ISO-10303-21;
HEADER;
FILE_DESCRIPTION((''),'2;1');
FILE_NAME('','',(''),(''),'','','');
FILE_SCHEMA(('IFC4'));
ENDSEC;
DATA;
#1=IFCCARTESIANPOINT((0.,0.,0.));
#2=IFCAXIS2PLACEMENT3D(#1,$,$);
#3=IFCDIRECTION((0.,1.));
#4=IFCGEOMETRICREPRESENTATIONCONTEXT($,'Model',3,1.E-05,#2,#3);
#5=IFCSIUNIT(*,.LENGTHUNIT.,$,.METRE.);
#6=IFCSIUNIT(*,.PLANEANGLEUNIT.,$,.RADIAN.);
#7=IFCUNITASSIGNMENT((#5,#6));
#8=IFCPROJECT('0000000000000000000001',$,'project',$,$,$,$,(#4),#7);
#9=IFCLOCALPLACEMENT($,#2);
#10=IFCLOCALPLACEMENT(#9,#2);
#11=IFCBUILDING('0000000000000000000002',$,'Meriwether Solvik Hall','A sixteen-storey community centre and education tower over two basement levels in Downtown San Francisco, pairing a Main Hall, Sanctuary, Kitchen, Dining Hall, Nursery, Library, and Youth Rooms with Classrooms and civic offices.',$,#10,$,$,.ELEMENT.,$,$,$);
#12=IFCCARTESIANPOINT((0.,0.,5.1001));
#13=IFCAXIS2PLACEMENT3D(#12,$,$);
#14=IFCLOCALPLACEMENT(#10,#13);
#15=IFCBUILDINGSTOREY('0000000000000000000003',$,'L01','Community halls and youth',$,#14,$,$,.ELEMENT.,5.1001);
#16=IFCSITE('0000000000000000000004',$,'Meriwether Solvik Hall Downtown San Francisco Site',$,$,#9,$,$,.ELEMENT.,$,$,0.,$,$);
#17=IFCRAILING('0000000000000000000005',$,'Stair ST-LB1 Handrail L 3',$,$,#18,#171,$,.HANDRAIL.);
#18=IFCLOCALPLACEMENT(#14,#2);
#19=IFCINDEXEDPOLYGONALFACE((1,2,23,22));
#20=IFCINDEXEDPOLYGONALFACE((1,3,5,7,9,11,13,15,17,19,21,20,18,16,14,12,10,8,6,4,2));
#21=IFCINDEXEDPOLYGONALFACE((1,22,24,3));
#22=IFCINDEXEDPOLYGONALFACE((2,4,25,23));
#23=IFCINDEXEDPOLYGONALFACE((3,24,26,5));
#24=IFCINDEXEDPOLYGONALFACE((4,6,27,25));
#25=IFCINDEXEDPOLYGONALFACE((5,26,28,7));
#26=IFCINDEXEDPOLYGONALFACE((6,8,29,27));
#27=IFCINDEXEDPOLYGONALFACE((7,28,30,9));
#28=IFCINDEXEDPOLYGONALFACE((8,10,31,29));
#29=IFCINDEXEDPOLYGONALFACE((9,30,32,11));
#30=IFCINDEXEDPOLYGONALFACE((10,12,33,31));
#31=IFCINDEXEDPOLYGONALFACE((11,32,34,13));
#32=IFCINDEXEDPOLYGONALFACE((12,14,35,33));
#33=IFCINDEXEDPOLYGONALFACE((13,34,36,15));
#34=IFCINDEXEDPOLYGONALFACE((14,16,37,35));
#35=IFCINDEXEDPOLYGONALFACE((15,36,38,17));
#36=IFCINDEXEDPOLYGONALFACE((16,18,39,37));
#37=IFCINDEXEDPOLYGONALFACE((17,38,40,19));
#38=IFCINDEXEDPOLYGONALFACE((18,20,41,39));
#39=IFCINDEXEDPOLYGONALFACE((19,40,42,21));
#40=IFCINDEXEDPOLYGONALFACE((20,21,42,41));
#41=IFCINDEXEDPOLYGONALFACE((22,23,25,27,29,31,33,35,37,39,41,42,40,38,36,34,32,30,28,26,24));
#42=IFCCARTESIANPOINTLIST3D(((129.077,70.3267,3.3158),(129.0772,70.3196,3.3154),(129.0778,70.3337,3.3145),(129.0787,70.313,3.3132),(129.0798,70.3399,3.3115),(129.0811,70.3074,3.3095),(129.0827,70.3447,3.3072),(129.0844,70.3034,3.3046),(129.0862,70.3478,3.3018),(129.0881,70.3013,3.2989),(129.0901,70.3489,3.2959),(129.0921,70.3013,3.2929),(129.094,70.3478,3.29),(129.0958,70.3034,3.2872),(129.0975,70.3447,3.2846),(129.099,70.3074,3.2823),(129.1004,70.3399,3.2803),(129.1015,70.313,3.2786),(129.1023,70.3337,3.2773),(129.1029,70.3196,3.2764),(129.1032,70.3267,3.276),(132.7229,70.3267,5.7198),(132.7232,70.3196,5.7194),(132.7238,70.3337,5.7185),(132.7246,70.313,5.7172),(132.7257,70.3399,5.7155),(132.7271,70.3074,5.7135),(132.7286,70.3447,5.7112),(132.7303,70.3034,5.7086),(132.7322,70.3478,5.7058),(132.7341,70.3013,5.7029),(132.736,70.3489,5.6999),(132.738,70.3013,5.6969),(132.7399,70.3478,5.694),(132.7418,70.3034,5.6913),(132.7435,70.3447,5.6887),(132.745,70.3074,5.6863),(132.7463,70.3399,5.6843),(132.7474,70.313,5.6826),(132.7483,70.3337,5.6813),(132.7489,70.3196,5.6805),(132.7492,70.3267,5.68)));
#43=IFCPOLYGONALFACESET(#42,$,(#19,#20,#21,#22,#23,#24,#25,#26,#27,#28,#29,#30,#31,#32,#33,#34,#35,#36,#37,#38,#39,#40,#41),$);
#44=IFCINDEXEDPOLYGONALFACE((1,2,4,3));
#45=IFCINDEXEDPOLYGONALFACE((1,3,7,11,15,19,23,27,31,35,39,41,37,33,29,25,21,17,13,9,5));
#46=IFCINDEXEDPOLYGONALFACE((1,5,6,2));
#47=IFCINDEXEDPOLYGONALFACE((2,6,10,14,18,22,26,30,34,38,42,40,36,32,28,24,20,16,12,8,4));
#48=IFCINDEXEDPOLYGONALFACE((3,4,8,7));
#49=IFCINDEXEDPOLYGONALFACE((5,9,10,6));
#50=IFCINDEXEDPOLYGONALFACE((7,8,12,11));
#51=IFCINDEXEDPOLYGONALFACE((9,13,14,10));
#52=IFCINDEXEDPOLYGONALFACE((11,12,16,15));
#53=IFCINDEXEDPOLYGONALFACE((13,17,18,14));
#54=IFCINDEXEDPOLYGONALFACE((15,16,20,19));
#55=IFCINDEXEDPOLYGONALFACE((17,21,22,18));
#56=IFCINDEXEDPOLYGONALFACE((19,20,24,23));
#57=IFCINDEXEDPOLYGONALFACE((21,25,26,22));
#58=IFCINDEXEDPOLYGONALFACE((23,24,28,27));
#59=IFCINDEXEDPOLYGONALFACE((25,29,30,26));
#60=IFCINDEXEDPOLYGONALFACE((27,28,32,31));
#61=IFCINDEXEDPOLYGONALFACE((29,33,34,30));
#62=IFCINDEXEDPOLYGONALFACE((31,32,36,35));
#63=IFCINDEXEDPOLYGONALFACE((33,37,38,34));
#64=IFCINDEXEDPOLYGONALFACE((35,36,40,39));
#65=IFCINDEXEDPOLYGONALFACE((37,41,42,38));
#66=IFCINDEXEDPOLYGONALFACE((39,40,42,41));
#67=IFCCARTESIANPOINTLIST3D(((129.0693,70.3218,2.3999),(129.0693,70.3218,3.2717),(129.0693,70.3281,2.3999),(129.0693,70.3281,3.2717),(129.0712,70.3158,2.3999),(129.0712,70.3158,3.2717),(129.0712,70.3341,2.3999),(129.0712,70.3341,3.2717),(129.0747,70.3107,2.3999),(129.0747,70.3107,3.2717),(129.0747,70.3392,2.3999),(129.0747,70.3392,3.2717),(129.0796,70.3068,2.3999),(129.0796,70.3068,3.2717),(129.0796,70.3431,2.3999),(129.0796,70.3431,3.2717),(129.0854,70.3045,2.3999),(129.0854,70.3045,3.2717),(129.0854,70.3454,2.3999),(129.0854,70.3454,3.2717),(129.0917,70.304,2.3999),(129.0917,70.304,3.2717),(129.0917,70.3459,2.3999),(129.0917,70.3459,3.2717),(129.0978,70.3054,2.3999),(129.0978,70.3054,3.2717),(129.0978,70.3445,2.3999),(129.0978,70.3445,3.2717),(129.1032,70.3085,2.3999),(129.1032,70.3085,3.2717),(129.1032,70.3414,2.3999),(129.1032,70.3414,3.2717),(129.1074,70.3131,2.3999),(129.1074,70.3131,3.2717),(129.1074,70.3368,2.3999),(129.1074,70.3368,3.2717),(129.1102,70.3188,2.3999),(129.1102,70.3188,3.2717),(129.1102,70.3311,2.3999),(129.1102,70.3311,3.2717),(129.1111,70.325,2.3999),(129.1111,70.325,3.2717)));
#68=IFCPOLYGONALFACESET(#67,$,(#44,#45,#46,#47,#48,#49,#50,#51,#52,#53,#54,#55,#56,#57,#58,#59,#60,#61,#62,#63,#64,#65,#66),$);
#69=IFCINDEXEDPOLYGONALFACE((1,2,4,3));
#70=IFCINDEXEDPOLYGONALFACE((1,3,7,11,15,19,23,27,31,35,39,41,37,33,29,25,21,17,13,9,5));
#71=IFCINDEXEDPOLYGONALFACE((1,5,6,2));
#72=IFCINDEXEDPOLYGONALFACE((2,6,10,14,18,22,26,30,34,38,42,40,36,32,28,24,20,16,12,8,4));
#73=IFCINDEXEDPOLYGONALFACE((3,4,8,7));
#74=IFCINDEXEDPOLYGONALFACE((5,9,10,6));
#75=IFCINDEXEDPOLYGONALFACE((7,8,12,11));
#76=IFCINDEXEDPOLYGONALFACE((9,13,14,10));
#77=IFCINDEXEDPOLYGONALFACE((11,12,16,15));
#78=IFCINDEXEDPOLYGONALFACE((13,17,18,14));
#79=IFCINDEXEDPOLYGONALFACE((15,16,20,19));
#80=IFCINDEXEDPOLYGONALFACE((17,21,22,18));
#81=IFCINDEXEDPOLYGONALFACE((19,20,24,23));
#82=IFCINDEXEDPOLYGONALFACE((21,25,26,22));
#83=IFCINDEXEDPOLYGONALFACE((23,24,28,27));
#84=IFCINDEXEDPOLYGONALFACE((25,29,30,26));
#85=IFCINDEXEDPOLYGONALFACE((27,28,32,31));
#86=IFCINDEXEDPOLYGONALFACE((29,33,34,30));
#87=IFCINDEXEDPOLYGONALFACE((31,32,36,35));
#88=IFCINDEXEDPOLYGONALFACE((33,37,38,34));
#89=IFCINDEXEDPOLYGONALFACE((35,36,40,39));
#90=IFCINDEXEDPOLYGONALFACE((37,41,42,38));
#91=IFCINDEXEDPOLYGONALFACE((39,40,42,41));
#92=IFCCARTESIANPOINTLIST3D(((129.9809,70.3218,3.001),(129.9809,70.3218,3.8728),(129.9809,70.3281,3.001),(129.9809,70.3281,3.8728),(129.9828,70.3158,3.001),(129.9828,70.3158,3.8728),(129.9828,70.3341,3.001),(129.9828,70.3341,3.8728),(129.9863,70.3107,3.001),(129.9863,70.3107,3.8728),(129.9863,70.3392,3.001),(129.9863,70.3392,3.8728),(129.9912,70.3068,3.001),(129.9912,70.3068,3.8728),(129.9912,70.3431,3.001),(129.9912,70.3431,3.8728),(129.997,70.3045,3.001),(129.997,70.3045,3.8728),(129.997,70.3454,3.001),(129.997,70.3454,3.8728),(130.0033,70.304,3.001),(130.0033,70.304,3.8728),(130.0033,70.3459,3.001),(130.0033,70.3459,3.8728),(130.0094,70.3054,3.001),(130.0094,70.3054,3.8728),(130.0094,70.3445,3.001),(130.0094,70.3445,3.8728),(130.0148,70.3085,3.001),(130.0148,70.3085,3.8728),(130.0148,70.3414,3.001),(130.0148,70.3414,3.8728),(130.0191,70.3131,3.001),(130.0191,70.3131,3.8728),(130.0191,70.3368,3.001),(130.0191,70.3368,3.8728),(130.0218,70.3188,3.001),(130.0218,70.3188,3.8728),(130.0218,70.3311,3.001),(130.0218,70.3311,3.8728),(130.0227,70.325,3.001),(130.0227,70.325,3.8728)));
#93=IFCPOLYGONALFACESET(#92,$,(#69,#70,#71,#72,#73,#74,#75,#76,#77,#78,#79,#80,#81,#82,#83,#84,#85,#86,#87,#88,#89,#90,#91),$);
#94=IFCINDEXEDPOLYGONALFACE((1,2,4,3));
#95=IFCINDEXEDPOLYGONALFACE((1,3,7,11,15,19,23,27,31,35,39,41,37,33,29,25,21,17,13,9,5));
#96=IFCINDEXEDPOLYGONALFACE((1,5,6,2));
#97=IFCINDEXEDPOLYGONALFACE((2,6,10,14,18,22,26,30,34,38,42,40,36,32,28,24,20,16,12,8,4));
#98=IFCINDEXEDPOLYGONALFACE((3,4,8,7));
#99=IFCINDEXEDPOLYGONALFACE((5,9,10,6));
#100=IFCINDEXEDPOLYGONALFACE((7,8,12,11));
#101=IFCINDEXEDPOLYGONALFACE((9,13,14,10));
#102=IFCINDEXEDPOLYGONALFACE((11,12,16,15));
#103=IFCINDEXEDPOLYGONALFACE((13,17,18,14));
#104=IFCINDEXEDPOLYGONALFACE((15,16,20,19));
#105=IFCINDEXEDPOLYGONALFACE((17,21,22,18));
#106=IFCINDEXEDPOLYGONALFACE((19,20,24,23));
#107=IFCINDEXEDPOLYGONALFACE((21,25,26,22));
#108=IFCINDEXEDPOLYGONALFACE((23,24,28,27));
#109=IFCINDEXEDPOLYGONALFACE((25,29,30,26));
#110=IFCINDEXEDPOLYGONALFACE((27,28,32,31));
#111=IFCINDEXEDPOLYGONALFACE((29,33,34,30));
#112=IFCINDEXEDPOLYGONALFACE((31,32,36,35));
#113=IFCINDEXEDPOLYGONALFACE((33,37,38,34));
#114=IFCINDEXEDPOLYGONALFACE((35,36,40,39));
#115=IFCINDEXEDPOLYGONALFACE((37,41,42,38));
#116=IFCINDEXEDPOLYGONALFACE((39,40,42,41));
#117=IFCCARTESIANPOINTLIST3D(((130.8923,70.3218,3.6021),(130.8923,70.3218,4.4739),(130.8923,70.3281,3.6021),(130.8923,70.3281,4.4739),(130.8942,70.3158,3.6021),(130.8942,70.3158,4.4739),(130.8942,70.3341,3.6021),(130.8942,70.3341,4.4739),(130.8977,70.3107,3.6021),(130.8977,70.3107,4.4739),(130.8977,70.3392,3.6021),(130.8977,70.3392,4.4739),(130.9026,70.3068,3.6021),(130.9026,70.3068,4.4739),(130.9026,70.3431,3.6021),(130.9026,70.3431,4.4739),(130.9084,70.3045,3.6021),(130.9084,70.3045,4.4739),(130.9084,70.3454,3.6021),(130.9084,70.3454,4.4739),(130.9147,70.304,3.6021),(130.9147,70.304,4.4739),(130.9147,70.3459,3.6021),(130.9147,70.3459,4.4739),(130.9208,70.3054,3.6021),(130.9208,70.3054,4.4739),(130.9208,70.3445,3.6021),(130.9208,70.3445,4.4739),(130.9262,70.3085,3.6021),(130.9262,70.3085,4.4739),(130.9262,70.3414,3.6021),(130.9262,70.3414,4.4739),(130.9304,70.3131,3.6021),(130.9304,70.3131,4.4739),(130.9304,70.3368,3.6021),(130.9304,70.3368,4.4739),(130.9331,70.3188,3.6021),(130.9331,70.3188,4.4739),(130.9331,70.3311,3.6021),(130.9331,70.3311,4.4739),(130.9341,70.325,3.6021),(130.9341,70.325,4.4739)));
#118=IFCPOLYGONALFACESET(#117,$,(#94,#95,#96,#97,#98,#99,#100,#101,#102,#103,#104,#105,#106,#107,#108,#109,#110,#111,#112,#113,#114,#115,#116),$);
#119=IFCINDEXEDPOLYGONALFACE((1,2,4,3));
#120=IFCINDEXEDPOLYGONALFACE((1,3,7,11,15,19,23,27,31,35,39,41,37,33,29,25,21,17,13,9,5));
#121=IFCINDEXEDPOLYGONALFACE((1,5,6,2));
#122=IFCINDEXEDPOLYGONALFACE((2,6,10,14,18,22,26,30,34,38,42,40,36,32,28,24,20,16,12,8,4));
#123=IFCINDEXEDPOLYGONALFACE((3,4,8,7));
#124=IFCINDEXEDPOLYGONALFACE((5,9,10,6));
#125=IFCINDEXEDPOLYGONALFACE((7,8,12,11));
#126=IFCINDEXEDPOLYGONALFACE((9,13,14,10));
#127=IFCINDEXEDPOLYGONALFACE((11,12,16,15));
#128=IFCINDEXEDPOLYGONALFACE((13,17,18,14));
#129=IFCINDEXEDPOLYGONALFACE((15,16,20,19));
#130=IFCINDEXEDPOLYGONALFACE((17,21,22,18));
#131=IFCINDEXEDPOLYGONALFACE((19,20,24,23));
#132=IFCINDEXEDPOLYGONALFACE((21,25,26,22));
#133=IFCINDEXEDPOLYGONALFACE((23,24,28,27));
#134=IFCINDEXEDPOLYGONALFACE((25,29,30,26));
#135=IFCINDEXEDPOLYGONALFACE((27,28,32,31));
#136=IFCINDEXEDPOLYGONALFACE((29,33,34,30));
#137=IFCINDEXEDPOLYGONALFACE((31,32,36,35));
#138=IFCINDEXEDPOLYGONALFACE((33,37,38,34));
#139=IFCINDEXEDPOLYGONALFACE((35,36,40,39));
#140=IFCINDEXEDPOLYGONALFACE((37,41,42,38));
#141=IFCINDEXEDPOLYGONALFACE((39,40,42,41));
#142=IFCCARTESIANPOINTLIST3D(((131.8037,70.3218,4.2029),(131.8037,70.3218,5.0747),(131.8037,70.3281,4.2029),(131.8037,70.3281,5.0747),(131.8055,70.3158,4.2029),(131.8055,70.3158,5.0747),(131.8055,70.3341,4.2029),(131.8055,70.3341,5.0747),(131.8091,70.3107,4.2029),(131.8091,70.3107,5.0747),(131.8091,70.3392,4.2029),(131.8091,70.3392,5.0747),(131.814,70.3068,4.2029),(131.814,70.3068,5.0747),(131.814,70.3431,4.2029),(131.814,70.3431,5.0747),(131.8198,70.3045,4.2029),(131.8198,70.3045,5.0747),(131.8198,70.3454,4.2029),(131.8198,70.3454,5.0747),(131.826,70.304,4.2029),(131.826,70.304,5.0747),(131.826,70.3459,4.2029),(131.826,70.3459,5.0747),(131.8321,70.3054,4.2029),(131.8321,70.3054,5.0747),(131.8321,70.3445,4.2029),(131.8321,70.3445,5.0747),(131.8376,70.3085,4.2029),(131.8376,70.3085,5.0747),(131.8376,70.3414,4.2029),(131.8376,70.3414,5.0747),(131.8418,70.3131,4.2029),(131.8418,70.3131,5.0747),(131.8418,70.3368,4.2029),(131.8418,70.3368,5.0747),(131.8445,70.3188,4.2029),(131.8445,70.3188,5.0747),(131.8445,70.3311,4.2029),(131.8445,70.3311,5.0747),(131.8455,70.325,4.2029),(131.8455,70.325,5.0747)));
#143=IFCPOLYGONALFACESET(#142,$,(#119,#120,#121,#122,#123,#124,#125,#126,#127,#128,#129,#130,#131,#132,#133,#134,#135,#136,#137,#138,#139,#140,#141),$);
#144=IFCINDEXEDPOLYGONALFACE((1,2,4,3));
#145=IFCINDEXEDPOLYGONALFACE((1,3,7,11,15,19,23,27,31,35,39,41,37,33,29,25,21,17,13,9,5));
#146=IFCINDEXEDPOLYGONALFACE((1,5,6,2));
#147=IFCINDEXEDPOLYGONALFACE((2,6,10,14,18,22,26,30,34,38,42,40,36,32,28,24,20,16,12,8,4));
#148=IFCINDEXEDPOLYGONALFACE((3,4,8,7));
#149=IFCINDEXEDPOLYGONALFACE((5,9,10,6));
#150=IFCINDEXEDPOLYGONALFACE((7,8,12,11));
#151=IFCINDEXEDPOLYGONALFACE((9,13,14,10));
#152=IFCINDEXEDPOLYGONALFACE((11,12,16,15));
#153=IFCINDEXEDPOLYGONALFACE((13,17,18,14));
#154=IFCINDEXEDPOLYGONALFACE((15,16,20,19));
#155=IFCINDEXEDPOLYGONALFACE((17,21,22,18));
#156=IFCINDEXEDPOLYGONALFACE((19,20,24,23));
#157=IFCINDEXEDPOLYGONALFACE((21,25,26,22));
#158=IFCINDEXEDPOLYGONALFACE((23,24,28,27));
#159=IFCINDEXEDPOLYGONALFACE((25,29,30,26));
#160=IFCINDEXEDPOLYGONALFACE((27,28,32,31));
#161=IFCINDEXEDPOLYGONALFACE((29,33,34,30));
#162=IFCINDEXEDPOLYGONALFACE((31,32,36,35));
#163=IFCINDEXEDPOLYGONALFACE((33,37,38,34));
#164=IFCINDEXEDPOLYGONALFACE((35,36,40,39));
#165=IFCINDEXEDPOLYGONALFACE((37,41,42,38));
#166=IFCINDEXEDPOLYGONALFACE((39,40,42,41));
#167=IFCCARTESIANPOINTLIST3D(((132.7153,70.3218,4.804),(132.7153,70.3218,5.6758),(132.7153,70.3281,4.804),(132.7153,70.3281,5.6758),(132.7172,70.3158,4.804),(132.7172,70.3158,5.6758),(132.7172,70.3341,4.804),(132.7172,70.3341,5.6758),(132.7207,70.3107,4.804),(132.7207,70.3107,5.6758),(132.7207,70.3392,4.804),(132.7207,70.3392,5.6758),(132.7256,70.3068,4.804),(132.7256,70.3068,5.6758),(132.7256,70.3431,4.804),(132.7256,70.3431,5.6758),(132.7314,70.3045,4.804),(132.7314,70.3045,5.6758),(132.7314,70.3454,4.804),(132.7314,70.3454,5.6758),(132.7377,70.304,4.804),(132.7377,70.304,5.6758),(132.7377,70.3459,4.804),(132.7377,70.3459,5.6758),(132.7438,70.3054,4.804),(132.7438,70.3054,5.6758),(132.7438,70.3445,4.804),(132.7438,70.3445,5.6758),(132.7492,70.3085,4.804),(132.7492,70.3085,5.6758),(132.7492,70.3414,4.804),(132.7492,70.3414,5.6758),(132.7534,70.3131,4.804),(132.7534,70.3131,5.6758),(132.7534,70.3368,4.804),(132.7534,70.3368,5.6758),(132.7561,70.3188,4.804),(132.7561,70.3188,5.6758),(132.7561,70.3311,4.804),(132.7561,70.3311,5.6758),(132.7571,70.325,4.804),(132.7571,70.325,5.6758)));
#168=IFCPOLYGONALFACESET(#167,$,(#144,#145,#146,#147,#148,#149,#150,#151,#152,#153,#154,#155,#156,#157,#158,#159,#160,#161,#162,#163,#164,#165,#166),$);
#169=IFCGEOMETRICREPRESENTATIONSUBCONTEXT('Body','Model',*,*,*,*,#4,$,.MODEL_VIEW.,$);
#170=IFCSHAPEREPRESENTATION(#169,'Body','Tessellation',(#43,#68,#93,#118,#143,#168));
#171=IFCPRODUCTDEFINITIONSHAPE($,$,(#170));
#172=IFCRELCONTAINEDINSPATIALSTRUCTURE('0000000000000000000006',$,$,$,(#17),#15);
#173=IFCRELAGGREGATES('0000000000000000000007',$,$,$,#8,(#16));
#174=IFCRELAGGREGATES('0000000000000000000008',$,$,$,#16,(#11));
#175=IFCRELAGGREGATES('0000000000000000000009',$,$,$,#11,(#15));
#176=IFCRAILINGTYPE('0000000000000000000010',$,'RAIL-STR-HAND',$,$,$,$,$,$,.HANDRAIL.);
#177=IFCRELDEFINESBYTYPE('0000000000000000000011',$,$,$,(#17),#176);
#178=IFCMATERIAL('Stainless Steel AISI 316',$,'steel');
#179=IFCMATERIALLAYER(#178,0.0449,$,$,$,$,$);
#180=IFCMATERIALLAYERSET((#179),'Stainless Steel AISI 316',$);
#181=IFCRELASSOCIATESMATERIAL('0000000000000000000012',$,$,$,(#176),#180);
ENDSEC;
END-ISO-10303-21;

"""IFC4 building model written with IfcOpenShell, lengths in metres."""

from ifc_helpers import new_model, si_unit, direction, frame, origin, origin_2d, place, context, subcontext, project, spatial, circle, extrude, material, layer, layer_set, type_object, element, save


model = new_model("IFC4")

# Units and contexts
model_context = context("Model", 3, precision=1e-05, world=origin(), true_north=direction((0.0, 1.0)))
body_context = subcontext(model_context, "Body", "Model", "MODEL_VIEW")
ifc_project = project(units=[si_unit("LENGTHUNIT", "METRE"), si_unit("PLANEANGLEUNIT", "RADIAN")], contexts=[model_context])

# Site, building, storey
site_placement = place(None, origin())
site = spatial("IfcSite", under=ifc_project, at=site_placement, Name="Meriwether Solvik Hall Downtown San Francisco Site", CompositionType="ELEMENT", RefElevation=0.0)
building_placement = place(site_placement, origin())
building = spatial("IfcBuilding", under=site, at=building_placement, Name="Meriwether Solvik Hall", Description="A sixteen-storey community centre and education tower over two basement levels in Downtown San Francisco, pairing a Main Hall, Sanctuary, Kitchen, Dining Hall, Nursery, Library, and Youth Rooms with Classrooms and civic offices.", CompositionType="ELEMENT")
storey_placement = place(building_placement, frame((0.0, 0.0, 5.1001)))
storey = spatial("IfcBuildingStorey", under=building, at=storey_placement, Name="L01", Description="Community halls and youth", CompositionType="ELEMENT", Elevation=5.1001)

# Railing
ifc_material_1 = material(Name="Stainless Steel AISI 316", Category="steel")
ifc_layer_1 = layer(ifc_material_1, 0.0449)
ifc_layer_set_1 = layer_set([ifc_layer_1], Name="Stainless Steel AISI 316")
railing_type_1 = type_object("IfcRailingType", Name="RAIL-STR-HAND", PredefinedType="HANDRAIL", material=ifc_layer_set_1)
railing_1_placement = place(storey_placement, frame((129.0901, 70.325, 2.3999)))
element("IfcRailing", 1, at=railing_1_placement, inside=storey, type_object=railing_type_1, Name="Stair ST-LB1 Handrail L 3", PredefinedType="HANDRAIL", context=body_context, shape_type="SweptSolid", body=[
    extrude(circle(Radius=0.0239, at=origin_2d()), frame((0.0, 0.0, 0.896), z_axis=(0.834852, 0.0, 0.550475), x_axis=(0.0, 1.0, 0.0)), (0.0, 0.0, 1.0), 4.3672),
    extrude(circle(Radius=0.021, at=origin_2d()), origin(), (0.0, 0.0, 1.0), 0.8718),
    extrude(circle(Radius=0.021, at=origin_2d()), frame((0.9116, 0.0, 0.6011)), (0.0, 0.0, 1.0), 0.8718),
    extrude(circle(Radius=0.021, at=origin_2d()), frame((1.823, 0.0, 1.2021)), (0.0, 0.0, 1.0), 0.8718),
    extrude(circle(Radius=0.021, at=origin_2d()), frame((2.7344, 0.0, 1.803)), (0.0, 0.0, 1.0), 0.8718),
    extrude(circle(Radius=0.021, at=origin_2d()), frame((3.646, 0.0, 2.4041)), (0.0, 0.0, 1.0), 0.8718),
])

save(model, "model.ifc")
